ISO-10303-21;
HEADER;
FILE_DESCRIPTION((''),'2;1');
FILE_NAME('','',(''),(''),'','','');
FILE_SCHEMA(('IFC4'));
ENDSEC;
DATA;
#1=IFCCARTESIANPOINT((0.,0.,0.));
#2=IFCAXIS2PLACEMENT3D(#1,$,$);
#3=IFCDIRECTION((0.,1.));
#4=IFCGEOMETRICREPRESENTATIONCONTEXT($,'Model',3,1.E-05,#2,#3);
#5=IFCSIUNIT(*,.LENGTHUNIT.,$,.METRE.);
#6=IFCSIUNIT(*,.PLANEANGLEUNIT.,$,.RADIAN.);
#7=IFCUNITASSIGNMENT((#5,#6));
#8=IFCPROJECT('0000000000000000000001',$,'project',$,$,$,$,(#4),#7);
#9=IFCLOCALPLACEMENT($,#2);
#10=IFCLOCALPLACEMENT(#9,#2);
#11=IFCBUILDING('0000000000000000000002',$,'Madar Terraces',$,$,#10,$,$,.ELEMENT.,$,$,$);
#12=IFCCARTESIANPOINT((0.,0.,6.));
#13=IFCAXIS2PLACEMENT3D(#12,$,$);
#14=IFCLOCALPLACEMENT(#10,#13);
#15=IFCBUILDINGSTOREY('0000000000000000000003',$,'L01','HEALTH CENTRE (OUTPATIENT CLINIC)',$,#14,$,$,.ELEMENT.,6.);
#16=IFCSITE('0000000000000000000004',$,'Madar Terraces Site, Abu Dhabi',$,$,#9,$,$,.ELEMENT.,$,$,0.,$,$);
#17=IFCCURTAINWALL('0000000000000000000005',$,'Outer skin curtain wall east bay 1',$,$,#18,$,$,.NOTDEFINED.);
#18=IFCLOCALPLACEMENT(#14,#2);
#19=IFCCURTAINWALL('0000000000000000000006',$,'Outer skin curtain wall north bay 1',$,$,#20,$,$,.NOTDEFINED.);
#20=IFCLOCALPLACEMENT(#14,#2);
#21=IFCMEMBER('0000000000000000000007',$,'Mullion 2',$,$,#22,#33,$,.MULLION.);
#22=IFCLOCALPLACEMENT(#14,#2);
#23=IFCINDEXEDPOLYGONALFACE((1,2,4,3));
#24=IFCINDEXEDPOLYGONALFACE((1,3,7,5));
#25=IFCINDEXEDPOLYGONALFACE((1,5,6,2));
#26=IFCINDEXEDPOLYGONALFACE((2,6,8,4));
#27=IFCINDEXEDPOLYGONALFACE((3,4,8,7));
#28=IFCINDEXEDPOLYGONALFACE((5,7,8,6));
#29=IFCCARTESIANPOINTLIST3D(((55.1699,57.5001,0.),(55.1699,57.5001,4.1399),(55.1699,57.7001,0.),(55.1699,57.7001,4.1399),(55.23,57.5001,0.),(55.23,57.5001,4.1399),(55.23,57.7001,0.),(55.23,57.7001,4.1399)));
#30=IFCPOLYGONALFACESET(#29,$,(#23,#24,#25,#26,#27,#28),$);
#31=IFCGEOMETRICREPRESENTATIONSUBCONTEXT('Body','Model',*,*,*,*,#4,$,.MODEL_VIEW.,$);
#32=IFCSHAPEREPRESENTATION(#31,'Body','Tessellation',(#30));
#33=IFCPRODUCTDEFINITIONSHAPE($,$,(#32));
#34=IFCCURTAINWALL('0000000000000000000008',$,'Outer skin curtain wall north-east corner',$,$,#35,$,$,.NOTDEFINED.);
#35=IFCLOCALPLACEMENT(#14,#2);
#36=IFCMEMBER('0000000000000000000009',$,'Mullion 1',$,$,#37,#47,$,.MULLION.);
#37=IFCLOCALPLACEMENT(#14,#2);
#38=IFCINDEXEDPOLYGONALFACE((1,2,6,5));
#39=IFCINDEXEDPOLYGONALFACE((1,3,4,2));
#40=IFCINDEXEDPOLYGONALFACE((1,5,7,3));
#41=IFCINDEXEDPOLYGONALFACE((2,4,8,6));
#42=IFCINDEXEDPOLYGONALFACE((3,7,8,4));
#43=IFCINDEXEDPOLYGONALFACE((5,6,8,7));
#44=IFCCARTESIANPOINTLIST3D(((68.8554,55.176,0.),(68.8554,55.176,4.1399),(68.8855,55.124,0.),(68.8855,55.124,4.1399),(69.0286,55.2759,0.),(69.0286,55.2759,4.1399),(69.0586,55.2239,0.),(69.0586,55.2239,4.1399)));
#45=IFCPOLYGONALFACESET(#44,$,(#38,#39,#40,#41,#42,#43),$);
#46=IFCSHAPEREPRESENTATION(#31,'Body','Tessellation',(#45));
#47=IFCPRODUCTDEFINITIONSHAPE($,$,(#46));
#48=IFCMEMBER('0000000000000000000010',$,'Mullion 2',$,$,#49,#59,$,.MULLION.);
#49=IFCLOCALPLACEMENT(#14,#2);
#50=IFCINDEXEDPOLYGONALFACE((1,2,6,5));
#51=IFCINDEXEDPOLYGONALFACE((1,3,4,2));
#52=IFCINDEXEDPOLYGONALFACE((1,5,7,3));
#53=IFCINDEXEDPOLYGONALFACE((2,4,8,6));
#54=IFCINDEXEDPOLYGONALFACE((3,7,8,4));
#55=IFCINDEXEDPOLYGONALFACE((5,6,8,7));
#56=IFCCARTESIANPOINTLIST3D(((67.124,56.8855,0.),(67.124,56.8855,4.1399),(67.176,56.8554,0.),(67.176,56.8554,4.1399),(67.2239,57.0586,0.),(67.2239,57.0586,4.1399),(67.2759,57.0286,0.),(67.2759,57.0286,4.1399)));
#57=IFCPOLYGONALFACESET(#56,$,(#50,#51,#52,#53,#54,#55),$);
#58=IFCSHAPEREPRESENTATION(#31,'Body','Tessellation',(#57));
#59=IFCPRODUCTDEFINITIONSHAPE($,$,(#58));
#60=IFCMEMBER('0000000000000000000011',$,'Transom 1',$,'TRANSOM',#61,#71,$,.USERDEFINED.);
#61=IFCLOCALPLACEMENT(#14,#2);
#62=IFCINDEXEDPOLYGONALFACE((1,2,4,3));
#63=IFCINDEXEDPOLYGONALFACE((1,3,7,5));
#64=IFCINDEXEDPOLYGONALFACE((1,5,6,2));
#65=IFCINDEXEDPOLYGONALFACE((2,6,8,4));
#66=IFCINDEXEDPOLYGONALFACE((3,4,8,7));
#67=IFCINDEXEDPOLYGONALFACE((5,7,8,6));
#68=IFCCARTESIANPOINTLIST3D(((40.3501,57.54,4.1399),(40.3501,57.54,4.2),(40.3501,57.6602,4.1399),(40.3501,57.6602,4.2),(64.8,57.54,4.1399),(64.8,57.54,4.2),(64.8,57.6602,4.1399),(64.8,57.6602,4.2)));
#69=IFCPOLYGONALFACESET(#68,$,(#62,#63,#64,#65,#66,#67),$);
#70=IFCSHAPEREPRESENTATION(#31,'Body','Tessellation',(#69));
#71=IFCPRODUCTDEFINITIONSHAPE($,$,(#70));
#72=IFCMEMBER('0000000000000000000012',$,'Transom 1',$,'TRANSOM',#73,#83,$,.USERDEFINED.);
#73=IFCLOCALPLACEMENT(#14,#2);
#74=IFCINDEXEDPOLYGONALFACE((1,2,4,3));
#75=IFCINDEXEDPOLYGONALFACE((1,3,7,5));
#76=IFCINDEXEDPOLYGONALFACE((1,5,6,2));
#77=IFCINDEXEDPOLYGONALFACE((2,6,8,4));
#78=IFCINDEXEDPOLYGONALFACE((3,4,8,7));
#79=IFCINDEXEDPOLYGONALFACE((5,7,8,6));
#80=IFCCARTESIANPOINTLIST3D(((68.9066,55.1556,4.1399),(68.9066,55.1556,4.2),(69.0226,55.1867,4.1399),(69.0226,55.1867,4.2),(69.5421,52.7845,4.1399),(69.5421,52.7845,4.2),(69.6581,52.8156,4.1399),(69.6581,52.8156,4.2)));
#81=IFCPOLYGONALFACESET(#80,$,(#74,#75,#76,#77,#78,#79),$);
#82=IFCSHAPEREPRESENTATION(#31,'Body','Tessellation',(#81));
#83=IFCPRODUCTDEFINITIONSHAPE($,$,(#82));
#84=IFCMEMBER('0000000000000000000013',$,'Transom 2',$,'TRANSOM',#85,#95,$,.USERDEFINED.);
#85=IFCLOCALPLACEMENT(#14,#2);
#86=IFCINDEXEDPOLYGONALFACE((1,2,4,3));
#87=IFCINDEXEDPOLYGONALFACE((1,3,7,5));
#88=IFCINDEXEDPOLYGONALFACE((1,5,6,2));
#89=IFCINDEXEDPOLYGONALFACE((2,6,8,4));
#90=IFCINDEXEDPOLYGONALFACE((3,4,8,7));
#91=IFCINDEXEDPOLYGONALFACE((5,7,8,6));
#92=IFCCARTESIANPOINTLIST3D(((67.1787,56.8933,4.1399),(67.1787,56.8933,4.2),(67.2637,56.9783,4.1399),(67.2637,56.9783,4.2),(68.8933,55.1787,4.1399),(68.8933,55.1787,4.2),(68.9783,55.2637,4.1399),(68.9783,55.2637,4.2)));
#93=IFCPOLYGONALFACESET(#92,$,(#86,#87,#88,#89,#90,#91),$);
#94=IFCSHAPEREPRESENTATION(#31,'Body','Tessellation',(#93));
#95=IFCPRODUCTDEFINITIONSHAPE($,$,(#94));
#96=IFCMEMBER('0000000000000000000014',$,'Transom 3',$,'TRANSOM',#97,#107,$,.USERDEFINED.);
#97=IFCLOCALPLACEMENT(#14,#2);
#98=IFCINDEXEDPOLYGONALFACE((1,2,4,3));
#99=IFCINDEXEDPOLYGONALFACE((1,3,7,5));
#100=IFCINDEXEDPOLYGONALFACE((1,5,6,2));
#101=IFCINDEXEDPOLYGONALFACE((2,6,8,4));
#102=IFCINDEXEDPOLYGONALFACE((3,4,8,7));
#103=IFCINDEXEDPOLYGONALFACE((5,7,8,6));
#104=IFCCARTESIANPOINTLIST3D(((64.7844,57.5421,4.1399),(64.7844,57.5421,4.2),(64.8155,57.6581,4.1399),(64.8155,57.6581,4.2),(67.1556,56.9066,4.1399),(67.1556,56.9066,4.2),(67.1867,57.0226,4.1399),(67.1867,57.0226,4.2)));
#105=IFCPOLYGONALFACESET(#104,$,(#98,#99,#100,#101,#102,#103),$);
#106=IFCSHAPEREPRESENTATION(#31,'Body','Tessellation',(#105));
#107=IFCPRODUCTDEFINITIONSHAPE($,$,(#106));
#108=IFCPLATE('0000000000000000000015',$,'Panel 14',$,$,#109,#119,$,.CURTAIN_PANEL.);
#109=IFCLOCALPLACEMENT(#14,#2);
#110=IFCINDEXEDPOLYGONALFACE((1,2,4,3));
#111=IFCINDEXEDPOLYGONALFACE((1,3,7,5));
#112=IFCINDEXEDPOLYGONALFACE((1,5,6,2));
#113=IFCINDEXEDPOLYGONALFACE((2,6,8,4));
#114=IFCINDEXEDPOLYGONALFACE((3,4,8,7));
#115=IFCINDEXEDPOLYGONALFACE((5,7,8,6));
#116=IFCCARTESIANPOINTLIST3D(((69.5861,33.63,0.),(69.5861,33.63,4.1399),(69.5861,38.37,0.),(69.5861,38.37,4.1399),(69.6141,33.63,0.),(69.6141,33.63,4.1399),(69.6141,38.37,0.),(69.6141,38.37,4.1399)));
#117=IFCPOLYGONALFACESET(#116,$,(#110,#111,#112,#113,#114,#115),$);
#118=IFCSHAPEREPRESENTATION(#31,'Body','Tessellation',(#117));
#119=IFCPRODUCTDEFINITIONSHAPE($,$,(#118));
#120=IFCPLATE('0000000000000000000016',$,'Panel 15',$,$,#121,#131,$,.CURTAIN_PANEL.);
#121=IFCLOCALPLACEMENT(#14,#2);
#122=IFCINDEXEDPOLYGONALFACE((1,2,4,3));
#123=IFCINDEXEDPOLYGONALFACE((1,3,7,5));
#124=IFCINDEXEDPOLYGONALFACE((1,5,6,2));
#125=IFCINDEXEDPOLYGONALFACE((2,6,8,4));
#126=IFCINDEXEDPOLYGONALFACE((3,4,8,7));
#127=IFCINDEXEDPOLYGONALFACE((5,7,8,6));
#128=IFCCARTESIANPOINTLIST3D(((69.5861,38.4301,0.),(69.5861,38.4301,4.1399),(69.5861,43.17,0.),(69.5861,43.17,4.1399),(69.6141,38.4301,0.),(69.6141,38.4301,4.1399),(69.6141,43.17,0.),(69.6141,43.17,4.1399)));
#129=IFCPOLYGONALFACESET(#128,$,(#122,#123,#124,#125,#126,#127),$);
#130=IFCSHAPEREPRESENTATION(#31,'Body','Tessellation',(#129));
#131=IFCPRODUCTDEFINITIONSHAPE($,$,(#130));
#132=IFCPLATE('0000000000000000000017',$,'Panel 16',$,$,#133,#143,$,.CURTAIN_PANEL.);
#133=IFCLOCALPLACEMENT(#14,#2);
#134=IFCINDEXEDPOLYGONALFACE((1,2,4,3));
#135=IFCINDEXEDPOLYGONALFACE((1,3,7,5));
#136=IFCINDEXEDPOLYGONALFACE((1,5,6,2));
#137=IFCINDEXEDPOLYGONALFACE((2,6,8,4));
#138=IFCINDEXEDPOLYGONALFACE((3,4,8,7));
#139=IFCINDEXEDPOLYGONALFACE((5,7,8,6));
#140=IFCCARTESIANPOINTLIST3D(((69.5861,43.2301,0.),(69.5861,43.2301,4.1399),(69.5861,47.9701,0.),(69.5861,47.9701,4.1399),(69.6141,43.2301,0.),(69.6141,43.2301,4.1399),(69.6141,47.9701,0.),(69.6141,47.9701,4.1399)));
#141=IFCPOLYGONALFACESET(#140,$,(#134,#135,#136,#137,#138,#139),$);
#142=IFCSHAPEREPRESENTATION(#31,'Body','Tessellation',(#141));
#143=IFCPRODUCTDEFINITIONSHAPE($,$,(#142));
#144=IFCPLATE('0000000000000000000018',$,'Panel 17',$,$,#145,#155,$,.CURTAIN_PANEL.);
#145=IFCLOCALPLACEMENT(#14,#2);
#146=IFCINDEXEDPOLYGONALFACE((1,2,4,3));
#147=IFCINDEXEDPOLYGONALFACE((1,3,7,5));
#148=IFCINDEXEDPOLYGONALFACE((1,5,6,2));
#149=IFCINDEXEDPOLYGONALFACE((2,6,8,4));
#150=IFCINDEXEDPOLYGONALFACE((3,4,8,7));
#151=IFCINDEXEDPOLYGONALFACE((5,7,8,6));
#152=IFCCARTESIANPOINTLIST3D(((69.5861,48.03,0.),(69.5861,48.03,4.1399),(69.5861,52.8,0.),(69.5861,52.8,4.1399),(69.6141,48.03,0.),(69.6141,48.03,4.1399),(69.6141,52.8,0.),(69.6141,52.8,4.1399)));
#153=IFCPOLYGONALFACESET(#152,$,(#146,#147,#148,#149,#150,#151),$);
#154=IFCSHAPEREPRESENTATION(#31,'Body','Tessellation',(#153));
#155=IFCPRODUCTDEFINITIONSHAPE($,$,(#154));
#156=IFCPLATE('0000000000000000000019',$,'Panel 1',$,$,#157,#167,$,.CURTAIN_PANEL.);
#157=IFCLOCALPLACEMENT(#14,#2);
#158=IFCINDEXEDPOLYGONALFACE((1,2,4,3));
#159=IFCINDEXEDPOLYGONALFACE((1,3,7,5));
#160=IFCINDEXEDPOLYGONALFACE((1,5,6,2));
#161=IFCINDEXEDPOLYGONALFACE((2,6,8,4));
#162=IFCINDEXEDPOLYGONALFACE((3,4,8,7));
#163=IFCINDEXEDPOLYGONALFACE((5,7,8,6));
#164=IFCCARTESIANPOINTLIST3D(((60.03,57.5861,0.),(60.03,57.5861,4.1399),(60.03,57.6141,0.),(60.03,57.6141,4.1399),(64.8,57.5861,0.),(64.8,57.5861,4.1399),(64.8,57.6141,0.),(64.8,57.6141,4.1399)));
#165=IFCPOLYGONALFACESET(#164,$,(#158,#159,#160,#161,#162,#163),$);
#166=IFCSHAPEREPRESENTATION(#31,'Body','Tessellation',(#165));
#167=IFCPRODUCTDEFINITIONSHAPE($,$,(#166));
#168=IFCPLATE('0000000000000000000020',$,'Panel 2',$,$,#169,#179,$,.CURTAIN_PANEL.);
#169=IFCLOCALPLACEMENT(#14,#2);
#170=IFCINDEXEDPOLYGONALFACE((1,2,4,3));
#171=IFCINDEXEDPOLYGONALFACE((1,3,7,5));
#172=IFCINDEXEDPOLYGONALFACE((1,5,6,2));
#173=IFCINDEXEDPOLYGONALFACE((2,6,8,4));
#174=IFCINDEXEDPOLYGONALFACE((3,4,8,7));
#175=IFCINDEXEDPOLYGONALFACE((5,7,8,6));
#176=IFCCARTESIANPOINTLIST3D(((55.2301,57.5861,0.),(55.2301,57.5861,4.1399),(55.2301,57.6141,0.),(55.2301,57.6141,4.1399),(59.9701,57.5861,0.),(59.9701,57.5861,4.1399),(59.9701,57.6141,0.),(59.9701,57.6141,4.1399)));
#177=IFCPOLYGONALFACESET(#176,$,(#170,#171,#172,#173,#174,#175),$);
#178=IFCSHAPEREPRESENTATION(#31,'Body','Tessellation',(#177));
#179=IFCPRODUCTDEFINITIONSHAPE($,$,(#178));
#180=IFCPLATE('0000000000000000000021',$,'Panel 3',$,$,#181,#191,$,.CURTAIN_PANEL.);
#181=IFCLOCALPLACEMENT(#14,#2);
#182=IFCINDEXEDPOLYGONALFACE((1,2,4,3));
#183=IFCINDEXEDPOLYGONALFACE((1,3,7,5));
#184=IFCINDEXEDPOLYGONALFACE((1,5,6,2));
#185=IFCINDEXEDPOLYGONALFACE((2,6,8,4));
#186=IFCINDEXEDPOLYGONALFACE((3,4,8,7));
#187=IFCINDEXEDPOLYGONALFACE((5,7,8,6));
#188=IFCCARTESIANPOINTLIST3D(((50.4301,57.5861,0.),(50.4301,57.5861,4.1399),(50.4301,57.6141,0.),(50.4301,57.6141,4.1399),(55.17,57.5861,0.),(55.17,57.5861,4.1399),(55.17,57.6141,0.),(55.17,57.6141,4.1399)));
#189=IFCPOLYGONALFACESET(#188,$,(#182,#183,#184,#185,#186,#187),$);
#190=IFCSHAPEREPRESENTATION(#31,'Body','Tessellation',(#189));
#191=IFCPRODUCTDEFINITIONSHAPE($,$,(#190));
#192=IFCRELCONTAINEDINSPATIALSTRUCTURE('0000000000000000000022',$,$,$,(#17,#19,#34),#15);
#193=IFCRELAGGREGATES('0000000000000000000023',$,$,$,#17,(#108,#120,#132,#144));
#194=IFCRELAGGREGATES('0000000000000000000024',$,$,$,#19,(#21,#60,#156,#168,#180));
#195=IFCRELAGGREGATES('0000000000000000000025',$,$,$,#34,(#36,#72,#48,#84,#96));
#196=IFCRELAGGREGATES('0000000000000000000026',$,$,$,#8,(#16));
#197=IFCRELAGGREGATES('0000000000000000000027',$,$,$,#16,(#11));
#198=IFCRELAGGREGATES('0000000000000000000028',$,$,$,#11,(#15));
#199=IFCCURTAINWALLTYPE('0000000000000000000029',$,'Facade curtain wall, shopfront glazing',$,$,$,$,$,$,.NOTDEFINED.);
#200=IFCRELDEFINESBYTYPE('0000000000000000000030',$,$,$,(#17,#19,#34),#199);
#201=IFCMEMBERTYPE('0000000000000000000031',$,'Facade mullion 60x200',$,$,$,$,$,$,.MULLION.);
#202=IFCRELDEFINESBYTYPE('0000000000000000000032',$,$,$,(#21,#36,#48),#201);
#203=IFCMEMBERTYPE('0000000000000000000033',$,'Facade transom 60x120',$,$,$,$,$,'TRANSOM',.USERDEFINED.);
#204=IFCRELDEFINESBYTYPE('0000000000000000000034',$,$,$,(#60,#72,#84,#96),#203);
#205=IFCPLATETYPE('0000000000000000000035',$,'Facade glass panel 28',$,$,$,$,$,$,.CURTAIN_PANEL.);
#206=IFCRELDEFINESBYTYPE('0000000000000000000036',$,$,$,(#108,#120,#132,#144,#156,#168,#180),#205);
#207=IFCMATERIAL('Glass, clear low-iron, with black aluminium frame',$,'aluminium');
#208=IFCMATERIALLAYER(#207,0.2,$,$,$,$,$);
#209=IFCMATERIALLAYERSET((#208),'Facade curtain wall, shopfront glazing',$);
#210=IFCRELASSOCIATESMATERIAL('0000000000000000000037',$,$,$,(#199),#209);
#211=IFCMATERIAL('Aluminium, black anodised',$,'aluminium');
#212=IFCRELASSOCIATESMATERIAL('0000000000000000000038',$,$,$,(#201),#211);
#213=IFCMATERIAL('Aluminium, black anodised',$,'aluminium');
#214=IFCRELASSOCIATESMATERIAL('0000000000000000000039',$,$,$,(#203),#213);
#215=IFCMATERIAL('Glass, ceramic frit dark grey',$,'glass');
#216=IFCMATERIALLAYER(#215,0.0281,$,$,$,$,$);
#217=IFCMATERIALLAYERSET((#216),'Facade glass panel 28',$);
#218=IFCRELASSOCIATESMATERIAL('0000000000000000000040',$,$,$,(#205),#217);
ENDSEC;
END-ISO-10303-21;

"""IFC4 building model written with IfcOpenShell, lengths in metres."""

from ifc_helpers import new_model, si_unit, direction, frame, origin, origin_2d, place, context, subcontext, project, spatial, rectangle, extrude, material, layer, layer_set, material_profile, profile_set, type_object, element, aggregate, save


model = new_model("IFC4")

# Units and contexts
model_context = context("Model", 3, precision=1e-05, world=origin(), true_north=direction((0.0, 1.0)))
body_context = subcontext(model_context, "Body", "Model", "MODEL_VIEW")
ifc_project = project(units=[si_unit("LENGTHUNIT", "METRE"), si_unit("PLANEANGLEUNIT", "RADIAN")], contexts=[model_context])

# Site, building, storey
site_placement = place(None, origin())
site = spatial("IfcSite", under=ifc_project, at=site_placement, Name="Madar Terraces Site, Abu Dhabi", CompositionType="ELEMENT", RefElevation=0.0)
building_placement = place(site_placement, origin())
building = spatial("IfcBuilding", under=site, at=building_placement, Name="Madar Terraces", CompositionType="ELEMENT")
storey_placement = place(building_placement, frame((0.0, 0.0, 6.0)))
storey = spatial("IfcBuildingStorey", under=building, at=storey_placement, Name="L01", Description="HEALTH CENTRE (OUTPATIENT CLINIC)", CompositionType="ELEMENT", Elevation=6.0)

# Curtain walls, members
ifc_material_1 = material(Name="Glass, clear low-iron, with black aluminium frame", Category="aluminium")
ifc_layer_1 = layer(ifc_material_1, 0.2)
ifc_layer_set_1 = layer_set([ifc_layer_1], Name="Facade curtain wall, shopfront glazing")
curtain_wall_type = type_object("IfcCurtainWallType", Name="Facade curtain wall, shopfront glazing", PredefinedType="NOTDEFINED", material=ifc_layer_set_1)
curtain_wall_1_placement = place(storey_placement, origin())
curtain_wall_1 = element("IfcCurtainWall", 1, at=curtain_wall_1_placement, inside=storey, type_object=curtain_wall_type, Name="Outer skin curtain wall east bay 1", PredefinedType="NOTDEFINED")
ifc_material_2 = material(Name="Aluminium, black anodised", Category="aluminium")
ifc_material_profile_1 = material_profile(ifc_material_2, rectangle(XDim=0.2, YDim=0.0601, at=origin_2d()), Name="Facade mullion 60x200")
ifc_profile_set_1 = profile_set([ifc_material_profile_1], Name="Aluminium, black anodised")
member_type_1 = type_object("IfcMemberType", Name="Facade mullion 60x200", PredefinedType="MULLION", material=ifc_profile_set_1)
curtain_wall_2_placement = place(storey_placement, origin())
curtain_wall_2 = element("IfcCurtainWall", 2, at=curtain_wall_2_placement, inside=storey, type_object=curtain_wall_type, Name="Outer skin curtain wall north bay 1", PredefinedType="NOTDEFINED")
member_1_placement = place(storey_placement, frame((55.2, 57.6001, 0.0), z_axis=(0.0, 0.0, 1.0), x_axis=(0.0, -1.0, 0.0)))
member_1 = element("IfcMember", 3, at=member_1_placement, type_object=member_type_1, Name="Mullion 2", PredefinedType="MULLION", context=body_context, shape_type="SweptSolid", body=[
    extrude(rectangle(XDim=0.2, YDim=0.0601, at=origin_2d()), origin(), (0.0, 0.0, 1.0), 4.1399),
])
curtain_wall_3_placement = place(storey_placement, origin())
curtain_wall_3 = element("IfcCurtainWall", 4, at=curtain_wall_3_placement, inside=storey, type_object=curtain_wall_type, Name="Outer skin curtain wall north-east corner", PredefinedType="NOTDEFINED")
member_2_placement = place(storey_placement, frame((68.957, 55.2, 0.0), z_axis=(0.0, 0.0, 1.0), x_axis=(-0.866025, -0.5, 0.0)))
member_2 = element("IfcMember", 5, at=member_2_placement, type_object=member_type_1, Name="Mullion 1", PredefinedType="MULLION", context=body_context, shape_type="SweptSolid", body=[
    extrude(rectangle(XDim=0.2, YDim=0.0601, at=origin_2d()), origin(), (0.0, 0.0, 1.0), 4.1399),
])
member_3_placement = place(storey_placement, frame((67.2, 56.957, 0.0), z_axis=(0.0, 0.0, 1.0), x_axis=(-0.5, -0.866025, 0.0)))
member_3 = element("IfcMember", 6, at=member_3_placement, type_object=member_type_1, Name="Mullion 2", PredefinedType="MULLION", context=body_context, shape_type="SweptSolid", body=[
    extrude(rectangle(XDim=0.2, YDim=0.0601, at=origin_2d()), origin(), (0.0, 0.0, 1.0), 4.1399),
])

# Members
ifc_material_3 = material(Name="Aluminium, black anodised", Category="aluminium")
ifc_material_profile_2 = material_profile(ifc_material_3, rectangle(XDim=0.1201, YDim=0.0601, at=origin_2d()), Name="Facade transom 60x120")
ifc_profile_set_2 = profile_set([ifc_material_profile_2], Name="Aluminium, black anodised")
member_type_2 = type_object("IfcMemberType", Name="Facade transom 60x120", ElementType="TRANSOM", PredefinedType="USERDEFINED", material=ifc_profile_set_2)
member_4_placement = place(storey_placement, frame((64.8, 57.6001, 4.1699), z_axis=(-1.0, 0.0, 0.0), x_axis=(0.0, -1.0, 0.0)))
member_4 = element("IfcMember", 7, at=member_4_placement, type_object=member_type_2, Name="Transom 1", ObjectType="TRANSOM", PredefinedType="USERDEFINED", context=body_context, shape_type="SweptSolid", body=[
    extrude(rectangle(XDim=0.1201, YDim=0.0601, at=origin_2d()), origin(), (0.0, 0.0, 1.0), 24.45),
])
member_5_placement = place(storey_placement, frame((69.6001, 52.8, 4.1699), z_axis=(-0.258882, 0.965909, 0.0), x_axis=(-0.965909, -0.258882, 0.0)))
member_5 = element("IfcMember", 8, at=member_5_placement, type_object=member_type_2, Name="Transom 1", ObjectType="TRANSOM", PredefinedType="USERDEFINED", context=body_context, shape_type="SweptSolid", body=[
    extrude(rectangle(XDim=0.1201, YDim=0.0601, at=origin_2d()), origin(), (0.0, 0.0, 1.0), 2.4548),
])
member_6_placement = place(storey_placement, frame((68.9358, 55.2212, 4.1699), z_axis=(-0.707107, 0.707107, 0.0), x_axis=(-0.707107, -0.707107, 0.0)))
member_6 = element("IfcMember", 9, at=member_6_placement, type_object=member_type_2, Name="Transom 2", ObjectType="TRANSOM", PredefinedType="USERDEFINED", context=body_context, shape_type="SweptSolid", body=[
    extrude(rectangle(XDim=0.1201, YDim=0.0601, at=origin_2d()), origin(), (0.0, 0.0, 1.0), 2.4248),
])
member_7_placement = place(storey_placement, frame((67.1711, 56.9646, 4.1699), z_axis=(-0.965909, 0.258882, 0.0), x_axis=(-0.258882, -0.965909, 0.0)))
member_7 = element("IfcMember", 10, at=member_7_placement, type_object=member_type_2, Name="Transom 3", ObjectType="TRANSOM", PredefinedType="USERDEFINED", context=body_context, shape_type="SweptSolid", body=[
    extrude(rectangle(XDim=0.1201, YDim=0.0601, at=origin_2d()), origin(), (0.0, 0.0, 1.0), 2.4548),
])

# Plates
ifc_material_4 = material(Name="Glass, ceramic frit dark grey", Category="glass")
ifc_layer_2 = layer(ifc_material_4, 0.0281)
ifc_layer_set_2 = layer_set([ifc_layer_2], Name="Facade glass panel 28")
plate_type = type_object("IfcPlateType", Name="Facade glass panel 28", PredefinedType="CURTAIN_PANEL", material=ifc_layer_set_2)
plate_1_placement = place(storey_placement, frame((69.6001, 36.0, 0.0), z_axis=(0.0, 0.0, 1.0), x_axis=(0.0, 1.0, 0.0)))
plate_1 = element("IfcPlate", 11, at=plate_1_placement, type_object=plate_type, Name="Panel 14", PredefinedType="CURTAIN_PANEL", context=body_context, shape_type="SweptSolid", body=[
    extrude(rectangle(XDim=4.74, YDim=0.0281, at=origin_2d()), origin(), (0.0, 0.0, 1.0), 4.1399),
])
plate_2_placement = place(storey_placement, frame((69.6001, 40.8, 0.0), z_axis=(0.0, 0.0, 1.0), x_axis=(0.0, 1.0, 0.0)))
plate_2 = element("IfcPlate", 12, at=plate_2_placement, type_object=plate_type, Name="Panel 15", PredefinedType="CURTAIN_PANEL", context=body_context, shape_type="SweptSolid", body=[
    extrude(rectangle(XDim=4.74, YDim=0.0281, at=origin_2d()), origin(), (0.0, 0.0, 1.0), 4.1399),
])
plate_3_placement = place(storey_placement, frame((69.6001, 45.6001, 0.0), z_axis=(0.0, 0.0, 1.0), x_axis=(0.0, 1.0, 0.0)))
plate_3 = element("IfcPlate", 13, at=plate_3_placement, type_object=plate_type, Name="Panel 16", PredefinedType="CURTAIN_PANEL", context=body_context, shape_type="SweptSolid", body=[
    extrude(rectangle(XDim=4.74, YDim=0.0281, at=origin_2d()), origin(), (0.0, 0.0, 1.0), 4.1399),
])
plate_4_placement = place(storey_placement, frame((69.6001, 50.415, 0.0), z_axis=(0.0, 0.0, 1.0), x_axis=(0.0, 1.0, 0.0)))
plate_4 = element("IfcPlate", 14, at=plate_4_placement, type_object=plate_type, Name="Panel 17", PredefinedType="CURTAIN_PANEL", context=body_context, shape_type="SweptSolid", body=[
    extrude(rectangle(XDim=4.77, YDim=0.0281, at=origin_2d()), origin(), (0.0, 0.0, 1.0), 4.1399),
])
aggregate(curtain_wall_1, [plate_1, plate_2, plate_3, plate_4])
plate_5_placement = place(storey_placement, frame((62.415, 57.6001, 0.0), z_axis=(0.0, 0.0, 1.0), x_axis=(-1.0, 0.0, 0.0)))
plate_5 = element("IfcPlate", 15, at=plate_5_placement, type_object=plate_type, Name="Panel 1", PredefinedType="CURTAIN_PANEL", context=body_context, shape_type="SweptSolid", body=[
    extrude(rectangle(XDim=4.77, YDim=0.0281, at=origin_2d()), origin(), (0.0, 0.0, 1.0), 4.1399),
])
plate_6_placement = place(storey_placement, frame((57.6001, 57.6001, 0.0), z_axis=(0.0, 0.0, 1.0), x_axis=(-1.0, 0.0, 0.0)))
plate_6 = element("IfcPlate", 16, at=plate_6_placement, type_object=plate_type, Name="Panel 2", PredefinedType="CURTAIN_PANEL", context=body_context, shape_type="SweptSolid", body=[
    extrude(rectangle(XDim=4.74, YDim=0.0281, at=origin_2d()), origin(), (0.0, 0.0, 1.0), 4.1399),
])
plate_7_placement = place(storey_placement, frame((52.8, 57.6001, 0.0), z_axis=(0.0, 0.0, 1.0), x_axis=(-1.0, 0.0, 0.0)))
plate_7 = element("IfcPlate", 17, at=plate_7_placement, type_object=plate_type, Name="Panel 3", PredefinedType="CURTAIN_PANEL", context=body_context, shape_type="SweptSolid", body=[
    extrude(rectangle(XDim=4.74, YDim=0.0281, at=origin_2d()), origin(), (0.0, 0.0, 1.0), 4.1399),
])
aggregate(curtain_wall_2, [member_1, member_4, plate_5, plate_6, plate_7])
aggregate(curtain_wall_3, [member_2, member_5, member_3, member_6, member_7])

save(model, "model.ifc")
